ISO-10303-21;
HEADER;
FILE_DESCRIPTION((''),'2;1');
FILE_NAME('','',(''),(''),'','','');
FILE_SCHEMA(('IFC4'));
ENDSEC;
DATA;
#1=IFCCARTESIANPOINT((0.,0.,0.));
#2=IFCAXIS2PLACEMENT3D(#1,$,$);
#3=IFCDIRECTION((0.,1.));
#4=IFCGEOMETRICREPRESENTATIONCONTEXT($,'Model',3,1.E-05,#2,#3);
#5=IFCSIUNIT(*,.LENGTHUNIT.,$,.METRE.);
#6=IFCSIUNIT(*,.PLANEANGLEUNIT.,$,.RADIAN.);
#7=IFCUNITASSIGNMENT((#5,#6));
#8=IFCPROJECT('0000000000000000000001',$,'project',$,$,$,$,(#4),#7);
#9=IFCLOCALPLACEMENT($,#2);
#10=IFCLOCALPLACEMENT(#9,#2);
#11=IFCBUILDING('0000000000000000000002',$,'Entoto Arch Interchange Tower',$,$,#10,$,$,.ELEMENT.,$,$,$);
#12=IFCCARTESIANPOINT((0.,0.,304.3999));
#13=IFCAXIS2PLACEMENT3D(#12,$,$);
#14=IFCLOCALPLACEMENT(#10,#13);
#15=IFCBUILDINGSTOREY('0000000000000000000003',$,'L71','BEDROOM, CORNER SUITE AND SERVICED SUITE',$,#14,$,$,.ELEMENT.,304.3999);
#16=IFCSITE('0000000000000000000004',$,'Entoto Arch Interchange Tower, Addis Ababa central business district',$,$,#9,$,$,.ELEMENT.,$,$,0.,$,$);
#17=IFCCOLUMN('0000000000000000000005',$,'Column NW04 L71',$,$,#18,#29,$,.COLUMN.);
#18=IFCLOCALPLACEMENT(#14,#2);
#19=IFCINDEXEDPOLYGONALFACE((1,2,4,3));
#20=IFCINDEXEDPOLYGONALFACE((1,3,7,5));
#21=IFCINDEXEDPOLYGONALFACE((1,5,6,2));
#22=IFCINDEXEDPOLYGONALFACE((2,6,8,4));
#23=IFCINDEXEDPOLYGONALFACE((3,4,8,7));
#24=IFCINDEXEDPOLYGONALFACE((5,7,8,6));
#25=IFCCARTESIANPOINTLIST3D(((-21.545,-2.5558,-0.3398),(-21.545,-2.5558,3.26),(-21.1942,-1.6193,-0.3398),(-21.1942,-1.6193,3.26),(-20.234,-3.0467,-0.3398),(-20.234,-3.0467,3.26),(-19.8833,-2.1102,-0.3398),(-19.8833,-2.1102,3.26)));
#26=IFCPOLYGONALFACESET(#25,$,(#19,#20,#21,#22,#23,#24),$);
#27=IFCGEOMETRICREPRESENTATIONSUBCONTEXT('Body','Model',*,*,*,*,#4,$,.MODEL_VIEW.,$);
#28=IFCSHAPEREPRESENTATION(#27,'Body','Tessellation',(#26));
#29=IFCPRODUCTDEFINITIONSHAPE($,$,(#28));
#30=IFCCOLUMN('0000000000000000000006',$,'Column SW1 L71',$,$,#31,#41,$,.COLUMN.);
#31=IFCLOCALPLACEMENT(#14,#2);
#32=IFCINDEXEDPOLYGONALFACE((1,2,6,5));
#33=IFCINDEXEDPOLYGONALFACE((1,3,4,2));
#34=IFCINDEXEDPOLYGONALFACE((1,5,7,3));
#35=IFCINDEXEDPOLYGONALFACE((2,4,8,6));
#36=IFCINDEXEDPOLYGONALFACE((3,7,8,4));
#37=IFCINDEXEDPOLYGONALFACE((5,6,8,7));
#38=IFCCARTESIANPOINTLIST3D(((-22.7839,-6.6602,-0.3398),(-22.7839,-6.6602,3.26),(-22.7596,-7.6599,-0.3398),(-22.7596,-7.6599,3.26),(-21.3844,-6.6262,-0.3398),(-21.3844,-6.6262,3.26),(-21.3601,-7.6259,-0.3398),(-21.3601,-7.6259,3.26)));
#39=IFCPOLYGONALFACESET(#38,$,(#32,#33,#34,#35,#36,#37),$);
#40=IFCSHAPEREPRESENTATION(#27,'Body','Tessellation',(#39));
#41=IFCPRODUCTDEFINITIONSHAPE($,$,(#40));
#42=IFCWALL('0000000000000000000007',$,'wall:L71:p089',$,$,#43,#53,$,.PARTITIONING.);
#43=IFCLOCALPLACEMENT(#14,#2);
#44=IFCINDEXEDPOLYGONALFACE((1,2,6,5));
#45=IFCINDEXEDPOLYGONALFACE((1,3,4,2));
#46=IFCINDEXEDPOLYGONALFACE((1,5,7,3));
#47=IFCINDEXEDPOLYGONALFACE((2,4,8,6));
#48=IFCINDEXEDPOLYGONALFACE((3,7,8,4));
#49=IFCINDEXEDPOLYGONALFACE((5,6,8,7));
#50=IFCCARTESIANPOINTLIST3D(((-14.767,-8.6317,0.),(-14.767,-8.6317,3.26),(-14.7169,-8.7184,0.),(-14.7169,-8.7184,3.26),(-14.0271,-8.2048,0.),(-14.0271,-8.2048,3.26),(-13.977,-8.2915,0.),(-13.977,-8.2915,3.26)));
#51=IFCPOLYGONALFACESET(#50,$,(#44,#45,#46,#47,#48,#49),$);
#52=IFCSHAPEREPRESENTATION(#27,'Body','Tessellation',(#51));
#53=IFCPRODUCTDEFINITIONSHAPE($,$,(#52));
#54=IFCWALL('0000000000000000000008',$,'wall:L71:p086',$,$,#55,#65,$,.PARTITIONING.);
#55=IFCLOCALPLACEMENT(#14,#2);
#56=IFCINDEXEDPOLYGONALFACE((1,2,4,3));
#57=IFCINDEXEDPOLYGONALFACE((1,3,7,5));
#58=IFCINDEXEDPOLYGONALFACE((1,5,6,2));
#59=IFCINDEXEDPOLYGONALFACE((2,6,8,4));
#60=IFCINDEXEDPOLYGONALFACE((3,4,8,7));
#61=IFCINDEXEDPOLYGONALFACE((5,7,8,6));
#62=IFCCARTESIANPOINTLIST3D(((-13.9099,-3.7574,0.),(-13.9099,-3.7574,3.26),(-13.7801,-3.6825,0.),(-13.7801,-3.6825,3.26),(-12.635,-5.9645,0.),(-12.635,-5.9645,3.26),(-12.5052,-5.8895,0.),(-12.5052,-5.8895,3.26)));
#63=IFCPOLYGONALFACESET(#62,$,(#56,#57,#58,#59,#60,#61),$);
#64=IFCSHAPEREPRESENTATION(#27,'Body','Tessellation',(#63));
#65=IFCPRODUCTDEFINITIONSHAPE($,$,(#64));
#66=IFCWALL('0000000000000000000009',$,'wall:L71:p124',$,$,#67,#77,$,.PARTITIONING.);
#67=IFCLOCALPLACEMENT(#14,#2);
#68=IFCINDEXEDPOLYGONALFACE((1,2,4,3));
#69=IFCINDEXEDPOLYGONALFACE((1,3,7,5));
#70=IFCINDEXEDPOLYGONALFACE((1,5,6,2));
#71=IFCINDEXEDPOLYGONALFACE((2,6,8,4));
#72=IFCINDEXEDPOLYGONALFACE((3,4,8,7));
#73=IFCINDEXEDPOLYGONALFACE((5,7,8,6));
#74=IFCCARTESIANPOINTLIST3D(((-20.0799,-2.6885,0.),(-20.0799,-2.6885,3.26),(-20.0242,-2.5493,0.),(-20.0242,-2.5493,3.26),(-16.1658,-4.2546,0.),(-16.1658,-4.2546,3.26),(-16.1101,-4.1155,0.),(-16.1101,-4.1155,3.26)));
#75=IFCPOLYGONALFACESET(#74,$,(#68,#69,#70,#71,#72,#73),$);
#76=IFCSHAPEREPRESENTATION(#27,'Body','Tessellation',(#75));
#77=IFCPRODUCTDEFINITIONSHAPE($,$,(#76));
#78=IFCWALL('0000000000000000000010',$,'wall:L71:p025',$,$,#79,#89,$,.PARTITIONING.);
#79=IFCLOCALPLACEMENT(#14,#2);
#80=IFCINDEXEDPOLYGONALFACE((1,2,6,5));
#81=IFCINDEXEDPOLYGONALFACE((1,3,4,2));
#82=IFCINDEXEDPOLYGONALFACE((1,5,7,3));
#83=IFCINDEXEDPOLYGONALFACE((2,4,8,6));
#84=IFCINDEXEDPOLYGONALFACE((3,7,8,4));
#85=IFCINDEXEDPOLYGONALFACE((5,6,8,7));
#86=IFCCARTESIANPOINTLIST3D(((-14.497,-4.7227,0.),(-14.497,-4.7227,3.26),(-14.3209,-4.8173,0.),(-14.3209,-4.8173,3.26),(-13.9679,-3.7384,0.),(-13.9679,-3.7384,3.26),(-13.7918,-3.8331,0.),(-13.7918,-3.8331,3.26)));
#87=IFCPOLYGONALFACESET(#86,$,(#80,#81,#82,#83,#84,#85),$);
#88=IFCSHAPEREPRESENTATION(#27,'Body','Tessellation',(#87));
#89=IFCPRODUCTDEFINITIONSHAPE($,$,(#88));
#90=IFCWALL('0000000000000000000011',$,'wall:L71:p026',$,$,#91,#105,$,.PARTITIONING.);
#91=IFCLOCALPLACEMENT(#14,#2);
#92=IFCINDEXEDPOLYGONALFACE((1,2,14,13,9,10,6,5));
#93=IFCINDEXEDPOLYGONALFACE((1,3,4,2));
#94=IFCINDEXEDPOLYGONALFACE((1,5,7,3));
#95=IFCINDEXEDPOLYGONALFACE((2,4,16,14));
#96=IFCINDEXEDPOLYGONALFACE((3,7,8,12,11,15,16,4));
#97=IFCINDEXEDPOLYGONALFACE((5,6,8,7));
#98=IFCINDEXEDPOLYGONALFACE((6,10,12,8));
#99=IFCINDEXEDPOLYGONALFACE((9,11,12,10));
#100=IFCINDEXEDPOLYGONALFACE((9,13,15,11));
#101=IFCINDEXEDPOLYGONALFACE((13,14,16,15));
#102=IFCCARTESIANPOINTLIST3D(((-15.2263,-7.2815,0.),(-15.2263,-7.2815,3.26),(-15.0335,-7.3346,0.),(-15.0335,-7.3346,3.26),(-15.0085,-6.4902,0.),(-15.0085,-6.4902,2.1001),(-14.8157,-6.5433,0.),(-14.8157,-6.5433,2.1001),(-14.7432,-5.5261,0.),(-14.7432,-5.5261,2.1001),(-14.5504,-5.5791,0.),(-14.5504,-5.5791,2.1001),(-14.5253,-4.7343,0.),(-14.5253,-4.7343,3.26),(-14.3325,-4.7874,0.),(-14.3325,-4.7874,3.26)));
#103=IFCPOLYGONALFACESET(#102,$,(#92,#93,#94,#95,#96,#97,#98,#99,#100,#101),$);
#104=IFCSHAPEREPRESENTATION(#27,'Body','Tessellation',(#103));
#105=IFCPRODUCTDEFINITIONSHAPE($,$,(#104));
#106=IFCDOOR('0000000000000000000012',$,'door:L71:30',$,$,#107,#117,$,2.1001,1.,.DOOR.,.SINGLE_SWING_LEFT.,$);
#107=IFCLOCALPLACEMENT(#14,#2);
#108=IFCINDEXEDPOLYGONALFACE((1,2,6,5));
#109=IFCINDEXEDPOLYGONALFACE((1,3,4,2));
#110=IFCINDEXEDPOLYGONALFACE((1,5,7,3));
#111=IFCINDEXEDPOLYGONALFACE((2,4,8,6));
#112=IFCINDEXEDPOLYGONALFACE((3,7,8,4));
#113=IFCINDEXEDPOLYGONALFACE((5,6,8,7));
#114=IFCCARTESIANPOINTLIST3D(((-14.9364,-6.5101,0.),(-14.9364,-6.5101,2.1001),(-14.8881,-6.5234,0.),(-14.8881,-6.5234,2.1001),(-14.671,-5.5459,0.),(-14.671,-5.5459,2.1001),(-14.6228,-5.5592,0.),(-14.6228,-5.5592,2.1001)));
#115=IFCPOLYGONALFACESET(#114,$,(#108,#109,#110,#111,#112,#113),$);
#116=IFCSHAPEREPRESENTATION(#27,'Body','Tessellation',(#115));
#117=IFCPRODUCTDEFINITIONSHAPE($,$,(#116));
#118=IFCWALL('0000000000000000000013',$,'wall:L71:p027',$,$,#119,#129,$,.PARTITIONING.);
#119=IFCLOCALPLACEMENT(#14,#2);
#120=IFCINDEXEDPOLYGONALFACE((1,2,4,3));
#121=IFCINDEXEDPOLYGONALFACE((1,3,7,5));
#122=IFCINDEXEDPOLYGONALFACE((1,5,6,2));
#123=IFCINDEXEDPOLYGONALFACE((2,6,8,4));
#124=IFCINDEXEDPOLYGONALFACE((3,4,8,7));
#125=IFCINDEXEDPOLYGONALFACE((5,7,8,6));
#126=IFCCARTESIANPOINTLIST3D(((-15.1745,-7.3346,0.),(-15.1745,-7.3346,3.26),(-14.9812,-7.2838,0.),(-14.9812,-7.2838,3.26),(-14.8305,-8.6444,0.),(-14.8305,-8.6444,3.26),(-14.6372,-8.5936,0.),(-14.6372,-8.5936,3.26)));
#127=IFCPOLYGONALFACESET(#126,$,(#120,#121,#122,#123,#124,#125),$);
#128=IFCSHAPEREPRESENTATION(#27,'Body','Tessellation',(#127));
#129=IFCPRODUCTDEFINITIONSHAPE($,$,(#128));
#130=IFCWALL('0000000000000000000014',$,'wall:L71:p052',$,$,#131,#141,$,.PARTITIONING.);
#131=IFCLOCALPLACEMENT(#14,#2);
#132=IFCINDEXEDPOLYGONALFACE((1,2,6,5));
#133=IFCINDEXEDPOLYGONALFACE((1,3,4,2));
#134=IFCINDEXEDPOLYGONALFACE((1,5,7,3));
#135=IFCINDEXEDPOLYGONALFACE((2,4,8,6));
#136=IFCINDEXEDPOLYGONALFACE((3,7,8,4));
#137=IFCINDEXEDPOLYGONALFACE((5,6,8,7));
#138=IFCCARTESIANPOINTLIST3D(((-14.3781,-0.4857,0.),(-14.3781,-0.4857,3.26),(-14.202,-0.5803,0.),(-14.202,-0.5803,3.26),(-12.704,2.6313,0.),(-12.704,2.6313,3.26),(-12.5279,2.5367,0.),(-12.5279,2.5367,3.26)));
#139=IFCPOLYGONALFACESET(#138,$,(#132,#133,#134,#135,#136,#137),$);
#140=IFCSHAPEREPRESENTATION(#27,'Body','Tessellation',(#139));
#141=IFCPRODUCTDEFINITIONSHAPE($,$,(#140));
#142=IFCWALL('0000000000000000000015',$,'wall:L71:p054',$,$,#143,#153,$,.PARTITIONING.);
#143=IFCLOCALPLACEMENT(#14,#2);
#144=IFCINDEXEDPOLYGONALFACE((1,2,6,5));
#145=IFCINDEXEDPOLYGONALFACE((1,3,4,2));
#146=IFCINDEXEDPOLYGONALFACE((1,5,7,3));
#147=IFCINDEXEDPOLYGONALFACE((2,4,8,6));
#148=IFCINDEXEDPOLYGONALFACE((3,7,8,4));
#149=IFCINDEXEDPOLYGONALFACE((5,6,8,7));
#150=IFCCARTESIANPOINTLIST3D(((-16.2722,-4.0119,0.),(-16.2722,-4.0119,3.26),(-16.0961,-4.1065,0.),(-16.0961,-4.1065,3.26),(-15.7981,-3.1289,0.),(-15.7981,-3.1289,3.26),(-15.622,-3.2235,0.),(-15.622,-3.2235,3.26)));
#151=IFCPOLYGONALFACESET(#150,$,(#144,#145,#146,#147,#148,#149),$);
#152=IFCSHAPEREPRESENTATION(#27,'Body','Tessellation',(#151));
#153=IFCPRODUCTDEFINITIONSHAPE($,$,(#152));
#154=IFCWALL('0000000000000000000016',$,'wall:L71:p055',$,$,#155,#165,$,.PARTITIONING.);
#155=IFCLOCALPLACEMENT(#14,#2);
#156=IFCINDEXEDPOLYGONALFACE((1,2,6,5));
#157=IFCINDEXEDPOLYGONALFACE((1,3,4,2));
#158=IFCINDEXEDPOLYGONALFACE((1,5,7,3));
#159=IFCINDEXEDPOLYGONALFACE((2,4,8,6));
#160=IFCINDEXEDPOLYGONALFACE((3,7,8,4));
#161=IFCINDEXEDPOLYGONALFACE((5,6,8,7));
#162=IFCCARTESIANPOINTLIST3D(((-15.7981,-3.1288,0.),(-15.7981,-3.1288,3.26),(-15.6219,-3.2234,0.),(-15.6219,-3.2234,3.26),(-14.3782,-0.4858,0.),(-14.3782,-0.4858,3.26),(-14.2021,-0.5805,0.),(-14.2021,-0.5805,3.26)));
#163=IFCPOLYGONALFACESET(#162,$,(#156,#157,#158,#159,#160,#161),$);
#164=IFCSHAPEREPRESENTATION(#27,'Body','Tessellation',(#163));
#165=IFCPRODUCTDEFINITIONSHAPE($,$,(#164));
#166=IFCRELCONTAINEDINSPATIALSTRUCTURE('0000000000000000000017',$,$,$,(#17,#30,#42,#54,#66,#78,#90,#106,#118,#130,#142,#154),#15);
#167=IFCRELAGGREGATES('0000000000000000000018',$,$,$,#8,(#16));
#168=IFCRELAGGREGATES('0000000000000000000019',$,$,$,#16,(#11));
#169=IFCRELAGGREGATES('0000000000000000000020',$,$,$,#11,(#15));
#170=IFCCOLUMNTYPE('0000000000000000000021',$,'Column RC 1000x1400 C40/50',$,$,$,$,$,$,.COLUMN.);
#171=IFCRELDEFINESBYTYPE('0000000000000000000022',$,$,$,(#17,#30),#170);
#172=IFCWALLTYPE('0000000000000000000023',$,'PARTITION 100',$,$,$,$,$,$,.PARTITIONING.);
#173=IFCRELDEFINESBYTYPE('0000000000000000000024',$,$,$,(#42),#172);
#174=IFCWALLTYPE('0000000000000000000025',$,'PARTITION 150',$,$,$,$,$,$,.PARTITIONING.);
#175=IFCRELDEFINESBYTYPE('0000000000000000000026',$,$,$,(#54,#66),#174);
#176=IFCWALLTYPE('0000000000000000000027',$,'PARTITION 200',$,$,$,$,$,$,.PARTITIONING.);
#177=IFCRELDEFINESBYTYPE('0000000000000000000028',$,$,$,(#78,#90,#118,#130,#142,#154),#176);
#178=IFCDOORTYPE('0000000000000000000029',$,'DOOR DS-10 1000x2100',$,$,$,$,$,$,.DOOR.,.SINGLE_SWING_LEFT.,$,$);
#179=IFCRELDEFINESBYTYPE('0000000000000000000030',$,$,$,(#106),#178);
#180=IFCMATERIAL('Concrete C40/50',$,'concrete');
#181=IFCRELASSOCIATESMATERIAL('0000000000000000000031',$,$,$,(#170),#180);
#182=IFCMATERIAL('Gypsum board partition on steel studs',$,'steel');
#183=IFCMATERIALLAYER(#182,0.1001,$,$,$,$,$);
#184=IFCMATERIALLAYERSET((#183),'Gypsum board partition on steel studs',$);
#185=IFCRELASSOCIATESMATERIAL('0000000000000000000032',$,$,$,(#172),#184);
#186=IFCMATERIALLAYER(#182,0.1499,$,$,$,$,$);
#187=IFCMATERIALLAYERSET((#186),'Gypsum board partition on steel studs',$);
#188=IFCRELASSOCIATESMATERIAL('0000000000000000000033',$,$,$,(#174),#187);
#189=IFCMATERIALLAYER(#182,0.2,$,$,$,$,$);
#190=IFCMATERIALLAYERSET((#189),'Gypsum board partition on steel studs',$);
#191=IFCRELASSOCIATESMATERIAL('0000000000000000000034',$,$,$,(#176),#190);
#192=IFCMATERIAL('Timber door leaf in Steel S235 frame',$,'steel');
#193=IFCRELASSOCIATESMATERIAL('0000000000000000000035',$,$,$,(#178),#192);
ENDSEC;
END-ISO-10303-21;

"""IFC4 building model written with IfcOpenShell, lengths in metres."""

from ifc_helpers import new_model, si_unit, direction, frame, frame_2d, origin, origin_2d, place, context, subcontext, project, spatial, rectangle, extrude, material, layer, layer_set, material_profile, profile_set, type_object, element, fill, save


model = new_model("IFC4")

# Units and contexts
model_context = context("Model", 3, precision=1e-05, world=origin(), true_north=direction((0.0, 1.0)))
body_context = subcontext(model_context, "Body", "Model", "MODEL_VIEW")
ifc_project = project(units=[si_unit("LENGTHUNIT", "METRE"), si_unit("PLANEANGLEUNIT", "RADIAN")], contexts=[model_context])

# Site, building, storey
site_placement = place(None, origin())
site = spatial("IfcSite", under=ifc_project, at=site_placement, Name="Entoto Arch Interchange Tower, Addis Ababa central business district", CompositionType="ELEMENT", RefElevation=0.0)
building_placement = place(site_placement, origin())
building = spatial("IfcBuilding", under=site, at=building_placement, Name="Entoto Arch Interchange Tower", CompositionType="ELEMENT")
storey_placement = place(building_placement, frame((0.0, 0.0, 304.3999)))
storey = spatial("IfcBuildingStorey", under=building, at=storey_placement, Name="L71", Description="BEDROOM, CORNER SUITE AND SERVICED SUITE", CompositionType="ELEMENT", Elevation=304.3999)

# Columns
ifc_material_1 = material(Name="Concrete C40/50", Category="concrete")
ifc_material_profile = material_profile(ifc_material_1, rectangle(XDim=1.0, YDim=1.3999, at=origin_2d()))
ifc_profile_set = profile_set([ifc_material_profile], Name="Concrete C40/50")
column_type = type_object("IfcColumnType", Name="Column RC 1000x1400 C40/50", PredefinedType="COLUMN", material=ifc_profile_set)
for number, where, z_axis, x_axis, name in (
    (1, (-20.7141, -2.333, -0.3398), (0.0, 0.0, 1.0), (0.350714, 0.936483, 0.0), "Column NW04 L71"),
    (2, (-22.072, -7.1431, -0.3398), (0.0, 0.0, 1.0), (-0.024258, 0.999706, 0.0), "Column SW1 L71"),
):
    element("IfcColumn", number, at=place(storey_placement, frame(where, z_axis=z_axis, x_axis=x_axis)), inside=storey, type_object=column_type, Name=name, PredefinedType="COLUMN", context=body_context, shape_type="SweptSolid", body=[
        extrude(rectangle(XDim=1.0, YDim=1.3999, at=origin_2d()), origin(), (0.0, 0.0, 1.0), 3.5999),
    ])

# Walls
ifc_material_2 = material(Name="Gypsum board partition on steel studs", Category="steel")
ifc_layer_1 = layer(ifc_material_2, 0.1001)
ifc_layer_set_1 = layer_set([ifc_layer_1], Name="Gypsum board partition on steel studs")
wall_type_1 = type_object("IfcWallType", Name="PARTITION 100", PredefinedType="PARTITIONING", material=ifc_layer_set_1)
wall_1_placement = place(storey_placement, frame((-14.002, -8.248, 0.0), z_axis=(0.0, 0.0, 1.0), x_axis=(-0.866143, -0.499797, 0.0)))
element("IfcWall", 3, at=wall_1_placement, inside=storey, type_object=wall_type_1, Name="wall:L71:p089", PredefinedType="PARTITIONING", context=body_context, shape_type="SweptSolid", body=[
    extrude(rectangle(XDim=0.8542, YDim=0.1001, at=frame_2d((0.4272, 0.0))), origin(), (0.0, 0.0, 1.0), 3.26),
])
ifc_layer_2 = layer(ifc_material_2, 0.1499)
ifc_layer_set_2 = layer_set([ifc_layer_2], Name="Gypsum board partition on steel studs")
wall_type_2 = type_object("IfcWallType", Name="PARTITION 150", PredefinedType="PARTITIONING", material=ifc_layer_set_2)
wall_2_placement = place(storey_placement, frame((-12.5701, -5.927, 0.0), z_axis=(0.0, 0.0, 1.0), x_axis=(-0.500198, 0.865911, 0.0)))
element("IfcWall", 4, at=wall_2_placement, inside=storey, type_object=wall_type_2, Name="wall:L71:p086", PredefinedType="PARTITIONING", context=body_context, shape_type="SweptSolid", body=[
    extrude(rectangle(XDim=2.5488, YDim=0.1499, at=frame_2d((1.2744, 0.0))), origin(), (0.0, 0.0, 1.0), 3.26),
])
wall_3_placement = place(storey_placement, frame((-16.1379, -4.1851, 0.0), z_axis=(0.0, 0.0, 1.0), x_axis=(-0.928433, 0.371501, 0.0)))
element("IfcWall", 5, at=wall_3_placement, inside=storey, type_object=wall_type_2, Name="wall:L71:p124", PredefinedType="PARTITIONING", context=body_context, shape_type="SweptSolid", body=[
    extrude(rectangle(XDim=4.2158, YDim=0.1499, at=frame_2d((2.1079, 0.0))), origin(), (0.0, 0.0, 1.0), 3.26),
])
ifc_layer_3 = layer(ifc_material_2, 0.2)
ifc_layer_set_3 = layer_set([ifc_layer_3], Name="Gypsum board partition on steel studs")
wall_type_3 = type_object("IfcWallType", Name="PARTITION 200", PredefinedType="PARTITIONING", material=ifc_layer_set_3)
wall_4_placement = place(storey_placement, frame((-13.8799, -3.7859, 0.0), z_axis=(0.0, 0.0, 1.0), x_axis=(-0.4735, -0.880794, 0.0)))
element("IfcWall", 6, at=wall_4_placement, inside=storey, type_object=wall_type_3, Name="wall:L71:p025", PredefinedType="PARTITIONING", context=body_context, shape_type="SweptSolid", body=[
    extrude(rectangle(XDim=1.1174, YDim=0.2, at=frame_2d((0.5586, 0.0))), origin(), (0.0, 0.0, 1.0), 3.26),
])

# Wall, opening, door
wall_5_placement = place(storey_placement, frame((-14.429, -4.761, 0.0), z_axis=(0.0, 0.0, 1.0), x_axis=(-0.265322, -0.96416, 0.0)))
wall_5 = element("IfcWall", 7, at=wall_5_placement, inside=storey, type_object=wall_type_3, Name="wall:L71:p026", PredefinedType="PARTITIONING", context=body_context, shape_type="SweptSolid", body=[
    extrude(rectangle(XDim=2.6418, YDim=0.2, at=frame_2d((1.3208, 0.0))), origin(), (0.0, 0.0, 1.0), 3.26),
])
opening_1_placement = place(wall_5_placement, frame((0.821, 0.0, 0.0)))
opening_1 = element("IfcOpeningElement", 8, at=opening_1_placement, cuts=wall_5, PredefinedType="OPENING", context=body_context, shape_type="SweptSolid", body=[
    extrude(rectangle(XDim=1.0, YDim=2.1001, at=frame_2d((0.5, 1.05))), frame((0.0, 0.1099, 0.0), z_axis=(0.0, -1.0, 0.0), x_axis=(1.0, 0.0, 0.0)), (0.0, 0.0, 1.0), 0.22),
])
ifc_material_3 = material(Name="Timber door leaf in Steel S235 frame", Category="steel")
door_type_1 = type_object("IfcDoorType", Name="DOOR DS-10 1000x2100", OperationType="SINGLE_SWING_LEFT", PredefinedType="DOOR", material=ifc_material_3)
door_1_placement = place(opening_1_placement, origin())
door_1 = element("IfcDoor", 9, at=door_1_placement, inside=storey, type_object=door_type_1, Name="door:L71:30", OperationType="SINGLE_SWING_LEFT", OverallHeight=2.1001, OverallWidth=1.0, PredefinedType="DOOR", context=body_context, shape_type="SweptSolid", body=[
    extrude(rectangle(XDim=1.0, YDim=2.1001, at=frame_2d((0.5, 1.05))), frame((0.0, 0.0249, 0.0), z_axis=(0.0, -1.0, 0.0), x_axis=(1.0, 0.0, 0.0)), (0.0, 0.0, 1.0), 0.05),
])
fill(opening_1, door_1)

# Walls
wall_6_placement = place(storey_placement, frame((-15.0779, -7.3091, 0.0), z_axis=(0.0, 0.0, 1.0), x_axis=(0.254014, -0.967201, 0.0)))
element("IfcWall", 10, at=wall_6_placement, inside=storey, type_object=wall_type_3, Name="wall:L71:p027", PredefinedType="PARTITIONING", context=body_context, shape_type="SweptSolid", body=[
    extrude(rectangle(XDim=1.3542, YDim=0.2, at=frame_2d((0.6772, 0.0))), origin(), (0.0, 0.0, 1.0), 3.26),
])
wall_7_placement = place(storey_placement, frame((-14.29, -0.533, 0.0), z_axis=(0.0, 0.0, 1.0), x_axis=(0.473161, 0.880976, 0.0)))
element("IfcWall", 11, at=wall_7_placement, inside=storey, type_object=wall_type_3, Name="wall:L71:p052", PredefinedType="PARTITIONING", context=body_context, shape_type="SweptSolid", body=[
    extrude(rectangle(XDim=3.5381, YDim=0.2, at=frame_2d((1.769, 0.0))), origin(), (0.0, 0.0, 1.0), 3.26),
])
wall_8_placement = place(storey_placement, frame((-16.1841, -4.0591, 0.0), z_axis=(0.0, 0.0, 1.0), x_axis=(0.473039, 0.881041, 0.0)))
element("IfcWall", 12, at=wall_8_placement, inside=storey, type_object=wall_type_3, Name="wall:L71:p054", PredefinedType="PARTITIONING", context=body_context, shape_type="SweptSolid", body=[
    extrude(rectangle(XDim=1.0022, YDim=0.2, at=frame_2d((0.501, 0.0))), origin(), (0.0, 0.0, 1.0), 3.26),
])
wall_9_placement = place(storey_placement, frame((-15.71, -3.176, 0.0), z_axis=(0.0, 0.0, 1.0), x_axis=(0.473255, 0.880925, 0.0)))
element("IfcWall", 13, at=wall_9_placement, inside=storey, type_object=wall_type_3, Name="wall:L71:p055", PredefinedType="PARTITIONING", context=body_context, shape_type="SweptSolid", body=[
    extrude(rectangle(XDim=3.0002, YDim=0.2, at=frame_2d((1.5, 0.0))), origin(), (0.0, 0.0, 1.0), 3.26),
])

save(model, "model.ifc")
